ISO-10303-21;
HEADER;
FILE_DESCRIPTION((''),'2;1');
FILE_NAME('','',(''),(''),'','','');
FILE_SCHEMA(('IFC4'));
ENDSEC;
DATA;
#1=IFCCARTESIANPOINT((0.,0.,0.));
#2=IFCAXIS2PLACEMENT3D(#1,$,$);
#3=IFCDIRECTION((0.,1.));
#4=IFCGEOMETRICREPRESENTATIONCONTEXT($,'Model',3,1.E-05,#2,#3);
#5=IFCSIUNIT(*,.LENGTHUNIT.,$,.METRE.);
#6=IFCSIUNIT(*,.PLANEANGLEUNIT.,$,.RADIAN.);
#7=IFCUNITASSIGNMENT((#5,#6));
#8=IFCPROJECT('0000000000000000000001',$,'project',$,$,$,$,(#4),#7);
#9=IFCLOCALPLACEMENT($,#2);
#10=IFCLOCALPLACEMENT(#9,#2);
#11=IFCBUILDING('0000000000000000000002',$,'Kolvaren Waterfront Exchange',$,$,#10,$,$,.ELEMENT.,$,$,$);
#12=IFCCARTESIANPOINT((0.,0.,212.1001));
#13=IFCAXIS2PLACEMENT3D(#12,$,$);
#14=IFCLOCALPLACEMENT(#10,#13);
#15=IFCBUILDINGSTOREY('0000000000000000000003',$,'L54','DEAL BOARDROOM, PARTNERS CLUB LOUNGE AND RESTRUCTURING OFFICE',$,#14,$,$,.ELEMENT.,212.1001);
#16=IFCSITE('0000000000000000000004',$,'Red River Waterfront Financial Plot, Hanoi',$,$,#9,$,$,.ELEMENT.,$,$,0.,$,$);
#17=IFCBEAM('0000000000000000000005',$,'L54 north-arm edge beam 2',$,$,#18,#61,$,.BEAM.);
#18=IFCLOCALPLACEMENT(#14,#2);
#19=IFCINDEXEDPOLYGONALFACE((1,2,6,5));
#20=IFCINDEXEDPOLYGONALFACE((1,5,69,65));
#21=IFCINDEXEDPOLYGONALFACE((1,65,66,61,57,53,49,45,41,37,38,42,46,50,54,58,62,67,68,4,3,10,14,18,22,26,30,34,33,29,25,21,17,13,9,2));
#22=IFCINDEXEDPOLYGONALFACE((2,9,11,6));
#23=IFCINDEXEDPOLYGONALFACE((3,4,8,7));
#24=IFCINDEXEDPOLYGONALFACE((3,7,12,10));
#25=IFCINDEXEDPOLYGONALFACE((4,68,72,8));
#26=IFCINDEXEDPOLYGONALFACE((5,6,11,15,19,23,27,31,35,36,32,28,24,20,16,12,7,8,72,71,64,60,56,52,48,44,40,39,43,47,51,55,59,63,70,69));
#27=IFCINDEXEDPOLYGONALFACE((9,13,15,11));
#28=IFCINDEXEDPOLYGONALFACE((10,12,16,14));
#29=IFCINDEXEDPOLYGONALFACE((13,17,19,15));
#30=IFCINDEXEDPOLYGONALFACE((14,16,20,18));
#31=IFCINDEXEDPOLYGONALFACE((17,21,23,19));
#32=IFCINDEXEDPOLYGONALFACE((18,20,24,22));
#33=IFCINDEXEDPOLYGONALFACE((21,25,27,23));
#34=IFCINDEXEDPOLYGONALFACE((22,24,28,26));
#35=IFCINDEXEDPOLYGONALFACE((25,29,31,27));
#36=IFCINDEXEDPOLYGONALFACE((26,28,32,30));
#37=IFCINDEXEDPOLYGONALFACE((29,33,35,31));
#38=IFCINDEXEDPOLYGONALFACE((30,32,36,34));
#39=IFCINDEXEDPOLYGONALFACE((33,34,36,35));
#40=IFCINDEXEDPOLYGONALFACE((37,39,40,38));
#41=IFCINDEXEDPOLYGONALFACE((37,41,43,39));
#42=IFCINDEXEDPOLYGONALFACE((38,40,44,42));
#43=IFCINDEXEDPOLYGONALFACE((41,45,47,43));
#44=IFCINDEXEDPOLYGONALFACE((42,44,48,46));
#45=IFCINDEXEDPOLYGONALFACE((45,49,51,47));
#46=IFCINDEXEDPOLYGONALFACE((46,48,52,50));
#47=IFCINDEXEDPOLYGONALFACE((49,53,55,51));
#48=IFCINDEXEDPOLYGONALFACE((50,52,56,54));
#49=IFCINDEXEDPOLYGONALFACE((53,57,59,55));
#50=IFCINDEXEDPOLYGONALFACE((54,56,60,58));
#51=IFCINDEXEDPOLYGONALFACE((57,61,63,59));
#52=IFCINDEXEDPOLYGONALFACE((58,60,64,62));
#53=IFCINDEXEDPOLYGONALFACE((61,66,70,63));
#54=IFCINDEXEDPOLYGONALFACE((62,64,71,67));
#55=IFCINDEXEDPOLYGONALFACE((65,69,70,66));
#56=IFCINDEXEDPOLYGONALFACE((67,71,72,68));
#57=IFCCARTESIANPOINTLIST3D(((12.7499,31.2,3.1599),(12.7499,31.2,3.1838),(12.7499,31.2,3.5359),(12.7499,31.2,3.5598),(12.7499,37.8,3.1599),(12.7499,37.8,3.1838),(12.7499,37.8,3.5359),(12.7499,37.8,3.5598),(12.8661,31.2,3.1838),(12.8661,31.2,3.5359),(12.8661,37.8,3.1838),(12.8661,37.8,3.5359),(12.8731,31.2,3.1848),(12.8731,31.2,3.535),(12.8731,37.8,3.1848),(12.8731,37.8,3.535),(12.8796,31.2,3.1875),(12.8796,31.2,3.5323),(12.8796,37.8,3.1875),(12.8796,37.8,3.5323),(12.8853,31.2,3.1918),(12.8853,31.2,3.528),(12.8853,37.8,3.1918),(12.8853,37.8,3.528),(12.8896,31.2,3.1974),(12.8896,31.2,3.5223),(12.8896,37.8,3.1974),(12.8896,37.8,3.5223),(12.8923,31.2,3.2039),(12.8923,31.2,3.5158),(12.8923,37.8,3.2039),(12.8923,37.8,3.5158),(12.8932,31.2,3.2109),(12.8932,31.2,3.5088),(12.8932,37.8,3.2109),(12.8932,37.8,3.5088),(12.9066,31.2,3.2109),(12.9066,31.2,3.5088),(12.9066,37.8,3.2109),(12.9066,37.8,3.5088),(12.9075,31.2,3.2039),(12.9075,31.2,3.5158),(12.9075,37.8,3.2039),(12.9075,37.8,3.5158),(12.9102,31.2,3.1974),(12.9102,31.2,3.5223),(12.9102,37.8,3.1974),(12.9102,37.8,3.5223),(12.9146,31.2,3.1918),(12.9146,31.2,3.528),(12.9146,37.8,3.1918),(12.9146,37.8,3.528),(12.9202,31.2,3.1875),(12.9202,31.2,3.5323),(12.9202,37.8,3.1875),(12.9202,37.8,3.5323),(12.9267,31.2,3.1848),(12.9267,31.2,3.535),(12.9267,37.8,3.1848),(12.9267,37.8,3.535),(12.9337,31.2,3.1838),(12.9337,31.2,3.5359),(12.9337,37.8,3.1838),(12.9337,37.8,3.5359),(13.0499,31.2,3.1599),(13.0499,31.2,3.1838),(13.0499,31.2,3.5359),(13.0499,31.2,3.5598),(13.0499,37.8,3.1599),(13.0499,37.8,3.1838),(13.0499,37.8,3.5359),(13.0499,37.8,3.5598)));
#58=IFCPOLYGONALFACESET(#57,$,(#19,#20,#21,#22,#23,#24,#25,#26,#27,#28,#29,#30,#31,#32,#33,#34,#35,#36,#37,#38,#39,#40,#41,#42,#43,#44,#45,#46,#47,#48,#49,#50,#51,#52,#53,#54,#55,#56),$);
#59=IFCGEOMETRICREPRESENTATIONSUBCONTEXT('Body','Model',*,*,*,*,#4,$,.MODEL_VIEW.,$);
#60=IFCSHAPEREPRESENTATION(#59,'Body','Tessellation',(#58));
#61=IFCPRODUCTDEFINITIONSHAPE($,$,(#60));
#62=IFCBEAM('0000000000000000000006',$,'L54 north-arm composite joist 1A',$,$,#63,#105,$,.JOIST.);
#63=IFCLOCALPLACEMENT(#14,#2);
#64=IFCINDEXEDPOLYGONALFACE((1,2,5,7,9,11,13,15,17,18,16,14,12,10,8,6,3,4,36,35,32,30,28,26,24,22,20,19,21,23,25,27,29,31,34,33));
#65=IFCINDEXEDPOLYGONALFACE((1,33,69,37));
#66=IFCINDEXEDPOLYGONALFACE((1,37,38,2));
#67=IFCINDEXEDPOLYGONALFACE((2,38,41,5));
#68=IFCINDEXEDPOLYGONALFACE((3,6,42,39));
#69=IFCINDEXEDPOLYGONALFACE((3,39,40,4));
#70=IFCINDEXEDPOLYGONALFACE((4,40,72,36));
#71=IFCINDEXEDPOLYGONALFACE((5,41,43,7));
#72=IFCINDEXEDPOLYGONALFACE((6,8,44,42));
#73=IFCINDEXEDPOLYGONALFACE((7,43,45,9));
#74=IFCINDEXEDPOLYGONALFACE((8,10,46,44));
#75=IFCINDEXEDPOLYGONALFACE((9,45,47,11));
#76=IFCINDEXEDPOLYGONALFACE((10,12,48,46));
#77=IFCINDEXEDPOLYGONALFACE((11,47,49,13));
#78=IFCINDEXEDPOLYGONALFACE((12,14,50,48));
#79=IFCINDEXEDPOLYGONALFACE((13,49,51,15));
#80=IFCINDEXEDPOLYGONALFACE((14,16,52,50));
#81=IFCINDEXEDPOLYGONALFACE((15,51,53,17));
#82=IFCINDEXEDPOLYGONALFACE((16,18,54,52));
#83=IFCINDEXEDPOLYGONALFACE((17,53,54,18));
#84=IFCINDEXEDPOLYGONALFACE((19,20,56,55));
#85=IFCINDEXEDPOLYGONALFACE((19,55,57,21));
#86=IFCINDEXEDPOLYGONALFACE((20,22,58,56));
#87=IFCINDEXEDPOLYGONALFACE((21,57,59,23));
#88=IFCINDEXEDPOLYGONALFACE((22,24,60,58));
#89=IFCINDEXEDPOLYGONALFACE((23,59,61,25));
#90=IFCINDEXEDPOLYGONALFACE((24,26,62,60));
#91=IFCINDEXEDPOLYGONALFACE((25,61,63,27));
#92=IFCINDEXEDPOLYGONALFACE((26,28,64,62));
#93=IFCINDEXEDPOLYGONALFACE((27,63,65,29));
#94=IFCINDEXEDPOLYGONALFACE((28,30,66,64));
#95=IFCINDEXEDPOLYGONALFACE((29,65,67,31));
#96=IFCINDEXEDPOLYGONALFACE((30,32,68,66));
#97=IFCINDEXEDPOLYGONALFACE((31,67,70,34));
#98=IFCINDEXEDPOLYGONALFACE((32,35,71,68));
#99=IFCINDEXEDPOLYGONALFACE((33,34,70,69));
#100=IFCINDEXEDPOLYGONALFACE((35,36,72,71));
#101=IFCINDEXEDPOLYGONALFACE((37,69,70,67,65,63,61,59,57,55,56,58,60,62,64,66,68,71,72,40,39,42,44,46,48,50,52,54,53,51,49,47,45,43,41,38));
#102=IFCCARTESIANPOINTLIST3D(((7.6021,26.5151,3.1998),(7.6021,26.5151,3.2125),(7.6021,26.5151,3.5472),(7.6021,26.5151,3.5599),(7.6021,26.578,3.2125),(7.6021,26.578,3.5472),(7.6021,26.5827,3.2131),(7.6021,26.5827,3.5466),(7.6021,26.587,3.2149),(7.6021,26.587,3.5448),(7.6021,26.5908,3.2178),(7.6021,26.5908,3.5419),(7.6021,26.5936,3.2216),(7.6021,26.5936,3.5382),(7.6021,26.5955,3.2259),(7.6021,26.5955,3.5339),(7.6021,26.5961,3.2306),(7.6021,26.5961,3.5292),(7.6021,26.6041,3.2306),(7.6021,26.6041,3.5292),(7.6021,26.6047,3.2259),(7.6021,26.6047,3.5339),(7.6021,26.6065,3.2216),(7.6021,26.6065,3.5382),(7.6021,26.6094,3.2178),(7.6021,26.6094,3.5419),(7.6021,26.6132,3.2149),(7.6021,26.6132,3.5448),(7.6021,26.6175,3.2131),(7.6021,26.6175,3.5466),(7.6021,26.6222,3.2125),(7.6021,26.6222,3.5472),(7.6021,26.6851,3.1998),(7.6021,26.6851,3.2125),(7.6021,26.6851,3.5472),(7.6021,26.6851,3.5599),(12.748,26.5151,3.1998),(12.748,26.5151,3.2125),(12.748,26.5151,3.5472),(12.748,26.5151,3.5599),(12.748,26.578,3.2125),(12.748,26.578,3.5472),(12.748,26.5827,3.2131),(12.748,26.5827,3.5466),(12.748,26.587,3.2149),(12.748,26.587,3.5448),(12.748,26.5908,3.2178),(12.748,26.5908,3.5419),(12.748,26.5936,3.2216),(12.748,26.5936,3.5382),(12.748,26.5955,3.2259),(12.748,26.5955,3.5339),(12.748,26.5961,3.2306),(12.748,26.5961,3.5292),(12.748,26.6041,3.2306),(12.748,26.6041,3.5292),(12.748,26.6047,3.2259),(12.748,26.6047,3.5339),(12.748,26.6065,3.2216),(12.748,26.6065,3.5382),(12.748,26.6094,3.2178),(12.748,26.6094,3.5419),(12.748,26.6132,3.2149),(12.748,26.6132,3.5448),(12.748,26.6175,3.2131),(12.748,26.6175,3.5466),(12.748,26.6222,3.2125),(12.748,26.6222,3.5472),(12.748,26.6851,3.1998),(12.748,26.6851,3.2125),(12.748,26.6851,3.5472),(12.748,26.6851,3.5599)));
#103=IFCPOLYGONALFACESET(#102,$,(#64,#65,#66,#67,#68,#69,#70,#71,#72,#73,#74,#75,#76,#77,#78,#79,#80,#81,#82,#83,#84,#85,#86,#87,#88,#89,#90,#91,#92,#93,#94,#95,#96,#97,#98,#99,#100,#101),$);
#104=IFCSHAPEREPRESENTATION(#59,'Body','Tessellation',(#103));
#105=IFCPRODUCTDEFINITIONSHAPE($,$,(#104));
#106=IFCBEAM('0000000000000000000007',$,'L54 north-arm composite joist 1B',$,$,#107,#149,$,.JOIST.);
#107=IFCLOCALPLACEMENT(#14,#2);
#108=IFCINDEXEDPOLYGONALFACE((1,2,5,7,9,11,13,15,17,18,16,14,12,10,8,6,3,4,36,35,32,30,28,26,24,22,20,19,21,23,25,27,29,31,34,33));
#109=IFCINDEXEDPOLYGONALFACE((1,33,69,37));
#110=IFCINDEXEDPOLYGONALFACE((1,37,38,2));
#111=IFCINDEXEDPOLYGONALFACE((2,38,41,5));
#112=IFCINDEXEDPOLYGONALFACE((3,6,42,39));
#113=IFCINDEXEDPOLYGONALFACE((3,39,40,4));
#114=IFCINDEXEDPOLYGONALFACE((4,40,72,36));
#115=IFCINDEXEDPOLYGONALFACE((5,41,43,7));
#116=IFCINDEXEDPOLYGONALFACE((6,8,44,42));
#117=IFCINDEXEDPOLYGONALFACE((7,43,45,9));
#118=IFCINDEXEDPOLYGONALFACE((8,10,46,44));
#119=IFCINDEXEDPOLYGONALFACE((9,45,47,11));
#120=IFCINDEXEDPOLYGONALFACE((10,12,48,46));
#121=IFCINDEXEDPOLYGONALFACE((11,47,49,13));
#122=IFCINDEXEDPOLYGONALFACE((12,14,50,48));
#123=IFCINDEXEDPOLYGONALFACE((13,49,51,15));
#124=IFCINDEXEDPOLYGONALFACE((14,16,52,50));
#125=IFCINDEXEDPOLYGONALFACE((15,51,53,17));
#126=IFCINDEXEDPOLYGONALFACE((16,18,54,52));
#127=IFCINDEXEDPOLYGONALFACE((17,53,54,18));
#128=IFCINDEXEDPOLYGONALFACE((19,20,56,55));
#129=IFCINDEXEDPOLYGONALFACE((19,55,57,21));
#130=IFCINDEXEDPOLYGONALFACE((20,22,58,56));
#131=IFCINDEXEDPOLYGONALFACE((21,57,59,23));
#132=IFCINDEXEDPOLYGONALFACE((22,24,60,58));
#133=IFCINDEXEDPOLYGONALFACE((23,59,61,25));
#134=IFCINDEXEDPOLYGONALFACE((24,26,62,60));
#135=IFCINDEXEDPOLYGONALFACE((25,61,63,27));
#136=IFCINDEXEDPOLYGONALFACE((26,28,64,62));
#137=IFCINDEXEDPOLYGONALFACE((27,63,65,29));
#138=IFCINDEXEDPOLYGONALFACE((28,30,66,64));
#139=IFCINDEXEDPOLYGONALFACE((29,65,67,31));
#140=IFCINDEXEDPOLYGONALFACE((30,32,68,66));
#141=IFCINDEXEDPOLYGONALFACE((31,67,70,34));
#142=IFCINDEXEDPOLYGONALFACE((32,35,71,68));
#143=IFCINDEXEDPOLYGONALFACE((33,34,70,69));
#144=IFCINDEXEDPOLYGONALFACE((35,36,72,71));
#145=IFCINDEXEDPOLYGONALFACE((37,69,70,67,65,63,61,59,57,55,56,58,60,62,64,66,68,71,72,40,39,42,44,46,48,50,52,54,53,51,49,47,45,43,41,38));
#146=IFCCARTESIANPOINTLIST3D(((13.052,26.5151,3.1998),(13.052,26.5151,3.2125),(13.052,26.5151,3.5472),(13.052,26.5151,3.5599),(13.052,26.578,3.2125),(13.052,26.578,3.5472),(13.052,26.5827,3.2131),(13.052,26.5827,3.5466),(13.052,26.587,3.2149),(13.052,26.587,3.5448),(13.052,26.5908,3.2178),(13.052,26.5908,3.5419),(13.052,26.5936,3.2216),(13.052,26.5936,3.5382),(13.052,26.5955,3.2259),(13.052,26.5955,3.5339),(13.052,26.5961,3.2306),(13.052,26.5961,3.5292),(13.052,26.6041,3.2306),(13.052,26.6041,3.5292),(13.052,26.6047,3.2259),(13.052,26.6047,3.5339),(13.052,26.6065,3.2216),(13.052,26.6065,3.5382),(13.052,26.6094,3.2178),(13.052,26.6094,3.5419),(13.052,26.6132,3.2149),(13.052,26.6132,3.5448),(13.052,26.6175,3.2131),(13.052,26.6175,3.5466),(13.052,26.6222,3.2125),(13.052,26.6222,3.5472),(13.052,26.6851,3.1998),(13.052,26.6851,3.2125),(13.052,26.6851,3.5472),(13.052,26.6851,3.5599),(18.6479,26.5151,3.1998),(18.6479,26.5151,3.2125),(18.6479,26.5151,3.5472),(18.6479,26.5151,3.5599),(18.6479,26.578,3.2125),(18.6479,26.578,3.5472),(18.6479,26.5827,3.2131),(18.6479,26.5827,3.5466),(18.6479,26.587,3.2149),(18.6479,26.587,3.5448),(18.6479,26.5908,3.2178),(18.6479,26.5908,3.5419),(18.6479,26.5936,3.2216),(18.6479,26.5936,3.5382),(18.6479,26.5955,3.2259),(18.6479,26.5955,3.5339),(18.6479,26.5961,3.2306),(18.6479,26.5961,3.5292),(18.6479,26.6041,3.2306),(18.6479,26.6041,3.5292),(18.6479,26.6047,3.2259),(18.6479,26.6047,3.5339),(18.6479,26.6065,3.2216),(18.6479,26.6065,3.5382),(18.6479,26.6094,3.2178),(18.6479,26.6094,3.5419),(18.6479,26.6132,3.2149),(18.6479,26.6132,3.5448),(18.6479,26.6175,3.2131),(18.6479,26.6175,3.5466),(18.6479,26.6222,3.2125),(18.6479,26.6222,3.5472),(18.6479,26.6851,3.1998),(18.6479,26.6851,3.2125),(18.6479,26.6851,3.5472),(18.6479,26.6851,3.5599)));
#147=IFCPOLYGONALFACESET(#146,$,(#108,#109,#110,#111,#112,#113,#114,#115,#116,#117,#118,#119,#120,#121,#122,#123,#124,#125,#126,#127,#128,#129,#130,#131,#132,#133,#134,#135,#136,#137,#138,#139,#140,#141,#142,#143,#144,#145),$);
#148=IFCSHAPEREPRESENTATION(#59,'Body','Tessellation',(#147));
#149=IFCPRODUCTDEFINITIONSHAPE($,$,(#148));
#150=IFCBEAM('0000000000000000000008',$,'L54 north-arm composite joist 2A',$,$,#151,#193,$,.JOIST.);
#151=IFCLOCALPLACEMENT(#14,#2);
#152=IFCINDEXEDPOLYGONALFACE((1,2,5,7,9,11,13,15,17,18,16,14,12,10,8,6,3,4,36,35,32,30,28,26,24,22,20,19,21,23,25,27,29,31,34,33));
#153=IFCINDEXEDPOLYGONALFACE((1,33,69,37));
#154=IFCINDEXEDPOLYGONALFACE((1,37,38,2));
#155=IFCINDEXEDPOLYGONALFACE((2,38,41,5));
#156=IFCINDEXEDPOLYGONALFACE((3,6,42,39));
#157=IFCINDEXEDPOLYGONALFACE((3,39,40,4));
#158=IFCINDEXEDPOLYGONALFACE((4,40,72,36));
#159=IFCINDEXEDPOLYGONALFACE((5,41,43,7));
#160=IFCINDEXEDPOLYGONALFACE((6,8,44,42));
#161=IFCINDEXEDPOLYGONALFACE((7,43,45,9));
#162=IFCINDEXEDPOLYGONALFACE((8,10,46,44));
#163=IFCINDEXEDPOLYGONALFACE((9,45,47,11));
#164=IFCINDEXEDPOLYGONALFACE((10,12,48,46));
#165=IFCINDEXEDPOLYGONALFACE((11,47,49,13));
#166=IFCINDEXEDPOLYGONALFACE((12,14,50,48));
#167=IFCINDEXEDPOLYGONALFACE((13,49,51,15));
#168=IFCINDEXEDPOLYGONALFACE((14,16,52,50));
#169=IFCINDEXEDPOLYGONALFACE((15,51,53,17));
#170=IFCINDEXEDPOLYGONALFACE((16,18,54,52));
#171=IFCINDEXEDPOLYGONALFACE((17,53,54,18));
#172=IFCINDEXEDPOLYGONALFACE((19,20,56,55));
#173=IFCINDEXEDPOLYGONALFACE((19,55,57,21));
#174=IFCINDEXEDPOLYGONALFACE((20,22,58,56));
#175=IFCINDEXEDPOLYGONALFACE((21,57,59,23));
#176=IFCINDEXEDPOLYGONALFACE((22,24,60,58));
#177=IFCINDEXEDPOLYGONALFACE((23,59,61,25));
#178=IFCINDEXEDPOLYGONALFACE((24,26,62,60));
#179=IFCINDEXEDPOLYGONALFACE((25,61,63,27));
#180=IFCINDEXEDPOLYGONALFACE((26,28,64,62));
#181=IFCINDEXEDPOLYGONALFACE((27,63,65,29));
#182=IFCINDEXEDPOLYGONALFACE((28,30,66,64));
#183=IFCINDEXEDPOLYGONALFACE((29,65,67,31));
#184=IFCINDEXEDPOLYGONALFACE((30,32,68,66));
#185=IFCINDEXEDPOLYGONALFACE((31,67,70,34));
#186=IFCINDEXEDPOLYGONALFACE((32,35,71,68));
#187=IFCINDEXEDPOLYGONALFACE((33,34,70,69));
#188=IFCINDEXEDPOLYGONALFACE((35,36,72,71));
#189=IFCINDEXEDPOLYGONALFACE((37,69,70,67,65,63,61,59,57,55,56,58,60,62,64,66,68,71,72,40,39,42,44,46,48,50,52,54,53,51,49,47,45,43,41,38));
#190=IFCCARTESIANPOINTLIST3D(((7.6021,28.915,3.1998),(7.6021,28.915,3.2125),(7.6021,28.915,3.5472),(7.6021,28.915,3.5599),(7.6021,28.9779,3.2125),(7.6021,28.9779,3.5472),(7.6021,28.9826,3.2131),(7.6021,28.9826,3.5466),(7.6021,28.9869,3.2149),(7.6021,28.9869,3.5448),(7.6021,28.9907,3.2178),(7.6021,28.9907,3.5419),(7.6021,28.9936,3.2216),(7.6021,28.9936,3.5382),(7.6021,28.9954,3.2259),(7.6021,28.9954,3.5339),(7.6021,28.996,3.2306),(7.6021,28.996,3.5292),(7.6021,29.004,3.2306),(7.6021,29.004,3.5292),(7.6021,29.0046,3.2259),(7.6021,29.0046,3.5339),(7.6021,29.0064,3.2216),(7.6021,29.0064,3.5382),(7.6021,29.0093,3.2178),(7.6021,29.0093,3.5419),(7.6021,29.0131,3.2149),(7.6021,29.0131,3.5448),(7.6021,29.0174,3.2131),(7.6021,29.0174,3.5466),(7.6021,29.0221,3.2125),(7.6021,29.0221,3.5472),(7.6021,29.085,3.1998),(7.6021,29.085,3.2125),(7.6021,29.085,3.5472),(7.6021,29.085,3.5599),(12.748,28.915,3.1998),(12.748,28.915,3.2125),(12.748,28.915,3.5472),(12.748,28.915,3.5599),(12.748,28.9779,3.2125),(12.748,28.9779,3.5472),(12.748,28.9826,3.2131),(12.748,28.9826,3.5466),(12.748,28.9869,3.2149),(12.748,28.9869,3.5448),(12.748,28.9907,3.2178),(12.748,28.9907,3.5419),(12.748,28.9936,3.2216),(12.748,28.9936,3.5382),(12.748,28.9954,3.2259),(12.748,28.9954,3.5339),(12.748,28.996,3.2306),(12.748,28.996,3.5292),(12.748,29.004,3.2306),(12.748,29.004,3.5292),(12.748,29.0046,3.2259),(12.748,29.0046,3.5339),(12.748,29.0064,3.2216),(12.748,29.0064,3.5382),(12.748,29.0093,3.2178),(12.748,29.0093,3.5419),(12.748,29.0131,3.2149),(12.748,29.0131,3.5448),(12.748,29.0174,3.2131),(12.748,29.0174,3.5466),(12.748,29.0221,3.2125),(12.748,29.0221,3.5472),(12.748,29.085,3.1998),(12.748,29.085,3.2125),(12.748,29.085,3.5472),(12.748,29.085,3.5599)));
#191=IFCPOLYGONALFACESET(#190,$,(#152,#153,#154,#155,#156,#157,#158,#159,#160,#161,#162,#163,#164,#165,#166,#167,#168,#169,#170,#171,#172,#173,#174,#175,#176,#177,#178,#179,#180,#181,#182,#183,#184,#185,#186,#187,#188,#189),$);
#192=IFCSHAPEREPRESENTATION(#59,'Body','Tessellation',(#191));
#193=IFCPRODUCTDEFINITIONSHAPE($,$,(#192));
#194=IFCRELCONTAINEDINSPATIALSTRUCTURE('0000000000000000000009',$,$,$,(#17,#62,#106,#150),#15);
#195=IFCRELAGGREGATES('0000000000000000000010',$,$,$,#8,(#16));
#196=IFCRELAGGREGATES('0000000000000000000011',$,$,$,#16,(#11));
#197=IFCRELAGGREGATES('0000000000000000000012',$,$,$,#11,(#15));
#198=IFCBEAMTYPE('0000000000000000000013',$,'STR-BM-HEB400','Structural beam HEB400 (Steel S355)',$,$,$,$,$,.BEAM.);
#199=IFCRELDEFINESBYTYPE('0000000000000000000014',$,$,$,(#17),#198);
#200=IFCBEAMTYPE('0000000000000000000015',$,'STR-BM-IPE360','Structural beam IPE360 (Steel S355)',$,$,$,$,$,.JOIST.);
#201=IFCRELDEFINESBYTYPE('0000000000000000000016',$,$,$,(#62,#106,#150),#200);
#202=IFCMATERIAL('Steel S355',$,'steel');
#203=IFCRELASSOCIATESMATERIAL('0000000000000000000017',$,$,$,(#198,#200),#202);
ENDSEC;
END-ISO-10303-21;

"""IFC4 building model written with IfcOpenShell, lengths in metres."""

from ifc_helpers import new_model, si_unit, direction, frame, origin, origin_2d, place, context, subcontext, project, spatial, i_section, extrude, material, material_profile, profile_set, type_object, element, save


model = new_model("IFC4")

# Units and contexts
model_context = context("Model", 3, precision=1e-05, world=origin(), true_north=direction((0.0, 1.0)))
body_context = subcontext(model_context, "Body", "Model", "MODEL_VIEW")
ifc_project = project(units=[si_unit("LENGTHUNIT", "METRE"), si_unit("PLANEANGLEUNIT", "RADIAN")], contexts=[model_context])

# Site, building, storey
site_placement = place(None, origin())
site = spatial("IfcSite", under=ifc_project, at=site_placement, Name="Red River Waterfront Financial Plot, Hanoi", CompositionType="ELEMENT", RefElevation=0.0)
building_placement = place(site_placement, origin())
building = spatial("IfcBuilding", under=site, at=building_placement, Name="Kolvaren Waterfront Exchange", CompositionType="ELEMENT")
storey_placement = place(building_placement, frame((0.0, 0.0, 212.1001)))
storey = spatial("IfcBuildingStorey", under=building, at=storey_placement, Name="L54", Description="DEAL BOARDROOM, PARTNERS CLUB LOUNGE AND RESTRUCTURING OFFICE", CompositionType="ELEMENT", Elevation=212.1001)

# Beams
ifc_material_1 = material(Name="Steel S355", Category="steel")
ifc_material_profile_1 = material_profile(ifc_material_1, i_section(OverallWidth=0.3, OverallDepth=0.3999, WebThickness=0.0134, FlangeThickness=0.0239, FilletRadius=0.0271, at=origin_2d()), Name="HEB400")
ifc_profile_set_1 = profile_set([ifc_material_profile_1], Name="Steel S355")
beam_type_1 = type_object("IfcBeamType", Name="STR-BM-HEB400", Description="Structural beam HEB400 (Steel S355)", PredefinedType="BEAM", material=ifc_profile_set_1)
beam_1_placement = place(storey_placement, frame((12.8999, 31.2, 3.3599), z_axis=(0.0, 1.0, 0.0), x_axis=(-1.0, 0.0, 0.0)))
element("IfcBeam", 1, at=beam_1_placement, inside=storey, type_object=beam_type_1, Name="L54 north-arm edge beam 2", PredefinedType="BEAM", context=body_context, shape_type="SweptSolid", body=[
    extrude(i_section(OverallWidth=0.3, OverallDepth=0.3999, WebThickness=0.0134, FlangeThickness=0.0239, FilletRadius=0.0271, at=origin_2d()), origin(), (0.0, 0.0, 1.0), 6.6001),
])
ifc_material_profile_2 = material_profile(ifc_material_1, i_section(OverallWidth=0.1699, OverallDepth=0.3601, WebThickness=0.0081, FlangeThickness=0.0127, FilletRadius=0.0181, at=origin_2d()), Name="IPE360")
ifc_profile_set_2 = profile_set([ifc_material_profile_2], Name="Steel S355")
beam_type_2 = type_object("IfcBeamType", Name="STR-BM-IPE360", Description="Structural beam IPE360 (Steel S355)", PredefinedType="JOIST", material=ifc_profile_set_2)
beam_2_placement = place(storey_placement, frame((7.6021, 26.6001, 3.3799), z_axis=(1.0, 0.0, 0.0), x_axis=(0.0, 1.0, 0.0)))
element("IfcBeam", 2, at=beam_2_placement, inside=storey, type_object=beam_type_2, Name="L54 north-arm composite joist 1A", PredefinedType="JOIST", context=body_context, shape_type="SweptSolid", body=[
    extrude(i_section(OverallWidth=0.1699, OverallDepth=0.3601, WebThickness=0.0081, FlangeThickness=0.0127, FilletRadius=0.0181, at=origin_2d()), origin(), (0.0, 0.0, 1.0), 5.146),
])
beam_3_placement = place(storey_placement, frame((13.052, 26.6001, 3.3799), z_axis=(1.0, 0.0, 0.0), x_axis=(0.0, 1.0, 0.0)))
element("IfcBeam", 3, at=beam_3_placement, inside=storey, type_object=beam_type_2, Name="L54 north-arm composite joist 1B", PredefinedType="JOIST", context=body_context, shape_type="SweptSolid", body=[
    extrude(i_section(OverallWidth=0.1699, OverallDepth=0.3601, WebThickness=0.0081, FlangeThickness=0.0127, FilletRadius=0.0181, at=origin_2d()), origin(), (0.0, 0.0, 1.0), 5.5959),
])
beam_4_placement = place(storey_placement, frame((7.6021, 29.0, 3.3799), z_axis=(1.0, 0.0, 0.0), x_axis=(0.0, 1.0, 0.0)))
element("IfcBeam", 4, at=beam_4_placement, inside=storey, type_object=beam_type_2, Name="L54 north-arm composite joist 2A", PredefinedType="JOIST", context=body_context, shape_type="SweptSolid", body=[
    extrude(i_section(OverallWidth=0.1699, OverallDepth=0.3601, WebThickness=0.0081, FlangeThickness=0.0127, FilletRadius=0.0181, at=origin_2d()), origin(), (0.0, 0.0, 1.0), 5.146),
])

save(model, "model.ifc")
